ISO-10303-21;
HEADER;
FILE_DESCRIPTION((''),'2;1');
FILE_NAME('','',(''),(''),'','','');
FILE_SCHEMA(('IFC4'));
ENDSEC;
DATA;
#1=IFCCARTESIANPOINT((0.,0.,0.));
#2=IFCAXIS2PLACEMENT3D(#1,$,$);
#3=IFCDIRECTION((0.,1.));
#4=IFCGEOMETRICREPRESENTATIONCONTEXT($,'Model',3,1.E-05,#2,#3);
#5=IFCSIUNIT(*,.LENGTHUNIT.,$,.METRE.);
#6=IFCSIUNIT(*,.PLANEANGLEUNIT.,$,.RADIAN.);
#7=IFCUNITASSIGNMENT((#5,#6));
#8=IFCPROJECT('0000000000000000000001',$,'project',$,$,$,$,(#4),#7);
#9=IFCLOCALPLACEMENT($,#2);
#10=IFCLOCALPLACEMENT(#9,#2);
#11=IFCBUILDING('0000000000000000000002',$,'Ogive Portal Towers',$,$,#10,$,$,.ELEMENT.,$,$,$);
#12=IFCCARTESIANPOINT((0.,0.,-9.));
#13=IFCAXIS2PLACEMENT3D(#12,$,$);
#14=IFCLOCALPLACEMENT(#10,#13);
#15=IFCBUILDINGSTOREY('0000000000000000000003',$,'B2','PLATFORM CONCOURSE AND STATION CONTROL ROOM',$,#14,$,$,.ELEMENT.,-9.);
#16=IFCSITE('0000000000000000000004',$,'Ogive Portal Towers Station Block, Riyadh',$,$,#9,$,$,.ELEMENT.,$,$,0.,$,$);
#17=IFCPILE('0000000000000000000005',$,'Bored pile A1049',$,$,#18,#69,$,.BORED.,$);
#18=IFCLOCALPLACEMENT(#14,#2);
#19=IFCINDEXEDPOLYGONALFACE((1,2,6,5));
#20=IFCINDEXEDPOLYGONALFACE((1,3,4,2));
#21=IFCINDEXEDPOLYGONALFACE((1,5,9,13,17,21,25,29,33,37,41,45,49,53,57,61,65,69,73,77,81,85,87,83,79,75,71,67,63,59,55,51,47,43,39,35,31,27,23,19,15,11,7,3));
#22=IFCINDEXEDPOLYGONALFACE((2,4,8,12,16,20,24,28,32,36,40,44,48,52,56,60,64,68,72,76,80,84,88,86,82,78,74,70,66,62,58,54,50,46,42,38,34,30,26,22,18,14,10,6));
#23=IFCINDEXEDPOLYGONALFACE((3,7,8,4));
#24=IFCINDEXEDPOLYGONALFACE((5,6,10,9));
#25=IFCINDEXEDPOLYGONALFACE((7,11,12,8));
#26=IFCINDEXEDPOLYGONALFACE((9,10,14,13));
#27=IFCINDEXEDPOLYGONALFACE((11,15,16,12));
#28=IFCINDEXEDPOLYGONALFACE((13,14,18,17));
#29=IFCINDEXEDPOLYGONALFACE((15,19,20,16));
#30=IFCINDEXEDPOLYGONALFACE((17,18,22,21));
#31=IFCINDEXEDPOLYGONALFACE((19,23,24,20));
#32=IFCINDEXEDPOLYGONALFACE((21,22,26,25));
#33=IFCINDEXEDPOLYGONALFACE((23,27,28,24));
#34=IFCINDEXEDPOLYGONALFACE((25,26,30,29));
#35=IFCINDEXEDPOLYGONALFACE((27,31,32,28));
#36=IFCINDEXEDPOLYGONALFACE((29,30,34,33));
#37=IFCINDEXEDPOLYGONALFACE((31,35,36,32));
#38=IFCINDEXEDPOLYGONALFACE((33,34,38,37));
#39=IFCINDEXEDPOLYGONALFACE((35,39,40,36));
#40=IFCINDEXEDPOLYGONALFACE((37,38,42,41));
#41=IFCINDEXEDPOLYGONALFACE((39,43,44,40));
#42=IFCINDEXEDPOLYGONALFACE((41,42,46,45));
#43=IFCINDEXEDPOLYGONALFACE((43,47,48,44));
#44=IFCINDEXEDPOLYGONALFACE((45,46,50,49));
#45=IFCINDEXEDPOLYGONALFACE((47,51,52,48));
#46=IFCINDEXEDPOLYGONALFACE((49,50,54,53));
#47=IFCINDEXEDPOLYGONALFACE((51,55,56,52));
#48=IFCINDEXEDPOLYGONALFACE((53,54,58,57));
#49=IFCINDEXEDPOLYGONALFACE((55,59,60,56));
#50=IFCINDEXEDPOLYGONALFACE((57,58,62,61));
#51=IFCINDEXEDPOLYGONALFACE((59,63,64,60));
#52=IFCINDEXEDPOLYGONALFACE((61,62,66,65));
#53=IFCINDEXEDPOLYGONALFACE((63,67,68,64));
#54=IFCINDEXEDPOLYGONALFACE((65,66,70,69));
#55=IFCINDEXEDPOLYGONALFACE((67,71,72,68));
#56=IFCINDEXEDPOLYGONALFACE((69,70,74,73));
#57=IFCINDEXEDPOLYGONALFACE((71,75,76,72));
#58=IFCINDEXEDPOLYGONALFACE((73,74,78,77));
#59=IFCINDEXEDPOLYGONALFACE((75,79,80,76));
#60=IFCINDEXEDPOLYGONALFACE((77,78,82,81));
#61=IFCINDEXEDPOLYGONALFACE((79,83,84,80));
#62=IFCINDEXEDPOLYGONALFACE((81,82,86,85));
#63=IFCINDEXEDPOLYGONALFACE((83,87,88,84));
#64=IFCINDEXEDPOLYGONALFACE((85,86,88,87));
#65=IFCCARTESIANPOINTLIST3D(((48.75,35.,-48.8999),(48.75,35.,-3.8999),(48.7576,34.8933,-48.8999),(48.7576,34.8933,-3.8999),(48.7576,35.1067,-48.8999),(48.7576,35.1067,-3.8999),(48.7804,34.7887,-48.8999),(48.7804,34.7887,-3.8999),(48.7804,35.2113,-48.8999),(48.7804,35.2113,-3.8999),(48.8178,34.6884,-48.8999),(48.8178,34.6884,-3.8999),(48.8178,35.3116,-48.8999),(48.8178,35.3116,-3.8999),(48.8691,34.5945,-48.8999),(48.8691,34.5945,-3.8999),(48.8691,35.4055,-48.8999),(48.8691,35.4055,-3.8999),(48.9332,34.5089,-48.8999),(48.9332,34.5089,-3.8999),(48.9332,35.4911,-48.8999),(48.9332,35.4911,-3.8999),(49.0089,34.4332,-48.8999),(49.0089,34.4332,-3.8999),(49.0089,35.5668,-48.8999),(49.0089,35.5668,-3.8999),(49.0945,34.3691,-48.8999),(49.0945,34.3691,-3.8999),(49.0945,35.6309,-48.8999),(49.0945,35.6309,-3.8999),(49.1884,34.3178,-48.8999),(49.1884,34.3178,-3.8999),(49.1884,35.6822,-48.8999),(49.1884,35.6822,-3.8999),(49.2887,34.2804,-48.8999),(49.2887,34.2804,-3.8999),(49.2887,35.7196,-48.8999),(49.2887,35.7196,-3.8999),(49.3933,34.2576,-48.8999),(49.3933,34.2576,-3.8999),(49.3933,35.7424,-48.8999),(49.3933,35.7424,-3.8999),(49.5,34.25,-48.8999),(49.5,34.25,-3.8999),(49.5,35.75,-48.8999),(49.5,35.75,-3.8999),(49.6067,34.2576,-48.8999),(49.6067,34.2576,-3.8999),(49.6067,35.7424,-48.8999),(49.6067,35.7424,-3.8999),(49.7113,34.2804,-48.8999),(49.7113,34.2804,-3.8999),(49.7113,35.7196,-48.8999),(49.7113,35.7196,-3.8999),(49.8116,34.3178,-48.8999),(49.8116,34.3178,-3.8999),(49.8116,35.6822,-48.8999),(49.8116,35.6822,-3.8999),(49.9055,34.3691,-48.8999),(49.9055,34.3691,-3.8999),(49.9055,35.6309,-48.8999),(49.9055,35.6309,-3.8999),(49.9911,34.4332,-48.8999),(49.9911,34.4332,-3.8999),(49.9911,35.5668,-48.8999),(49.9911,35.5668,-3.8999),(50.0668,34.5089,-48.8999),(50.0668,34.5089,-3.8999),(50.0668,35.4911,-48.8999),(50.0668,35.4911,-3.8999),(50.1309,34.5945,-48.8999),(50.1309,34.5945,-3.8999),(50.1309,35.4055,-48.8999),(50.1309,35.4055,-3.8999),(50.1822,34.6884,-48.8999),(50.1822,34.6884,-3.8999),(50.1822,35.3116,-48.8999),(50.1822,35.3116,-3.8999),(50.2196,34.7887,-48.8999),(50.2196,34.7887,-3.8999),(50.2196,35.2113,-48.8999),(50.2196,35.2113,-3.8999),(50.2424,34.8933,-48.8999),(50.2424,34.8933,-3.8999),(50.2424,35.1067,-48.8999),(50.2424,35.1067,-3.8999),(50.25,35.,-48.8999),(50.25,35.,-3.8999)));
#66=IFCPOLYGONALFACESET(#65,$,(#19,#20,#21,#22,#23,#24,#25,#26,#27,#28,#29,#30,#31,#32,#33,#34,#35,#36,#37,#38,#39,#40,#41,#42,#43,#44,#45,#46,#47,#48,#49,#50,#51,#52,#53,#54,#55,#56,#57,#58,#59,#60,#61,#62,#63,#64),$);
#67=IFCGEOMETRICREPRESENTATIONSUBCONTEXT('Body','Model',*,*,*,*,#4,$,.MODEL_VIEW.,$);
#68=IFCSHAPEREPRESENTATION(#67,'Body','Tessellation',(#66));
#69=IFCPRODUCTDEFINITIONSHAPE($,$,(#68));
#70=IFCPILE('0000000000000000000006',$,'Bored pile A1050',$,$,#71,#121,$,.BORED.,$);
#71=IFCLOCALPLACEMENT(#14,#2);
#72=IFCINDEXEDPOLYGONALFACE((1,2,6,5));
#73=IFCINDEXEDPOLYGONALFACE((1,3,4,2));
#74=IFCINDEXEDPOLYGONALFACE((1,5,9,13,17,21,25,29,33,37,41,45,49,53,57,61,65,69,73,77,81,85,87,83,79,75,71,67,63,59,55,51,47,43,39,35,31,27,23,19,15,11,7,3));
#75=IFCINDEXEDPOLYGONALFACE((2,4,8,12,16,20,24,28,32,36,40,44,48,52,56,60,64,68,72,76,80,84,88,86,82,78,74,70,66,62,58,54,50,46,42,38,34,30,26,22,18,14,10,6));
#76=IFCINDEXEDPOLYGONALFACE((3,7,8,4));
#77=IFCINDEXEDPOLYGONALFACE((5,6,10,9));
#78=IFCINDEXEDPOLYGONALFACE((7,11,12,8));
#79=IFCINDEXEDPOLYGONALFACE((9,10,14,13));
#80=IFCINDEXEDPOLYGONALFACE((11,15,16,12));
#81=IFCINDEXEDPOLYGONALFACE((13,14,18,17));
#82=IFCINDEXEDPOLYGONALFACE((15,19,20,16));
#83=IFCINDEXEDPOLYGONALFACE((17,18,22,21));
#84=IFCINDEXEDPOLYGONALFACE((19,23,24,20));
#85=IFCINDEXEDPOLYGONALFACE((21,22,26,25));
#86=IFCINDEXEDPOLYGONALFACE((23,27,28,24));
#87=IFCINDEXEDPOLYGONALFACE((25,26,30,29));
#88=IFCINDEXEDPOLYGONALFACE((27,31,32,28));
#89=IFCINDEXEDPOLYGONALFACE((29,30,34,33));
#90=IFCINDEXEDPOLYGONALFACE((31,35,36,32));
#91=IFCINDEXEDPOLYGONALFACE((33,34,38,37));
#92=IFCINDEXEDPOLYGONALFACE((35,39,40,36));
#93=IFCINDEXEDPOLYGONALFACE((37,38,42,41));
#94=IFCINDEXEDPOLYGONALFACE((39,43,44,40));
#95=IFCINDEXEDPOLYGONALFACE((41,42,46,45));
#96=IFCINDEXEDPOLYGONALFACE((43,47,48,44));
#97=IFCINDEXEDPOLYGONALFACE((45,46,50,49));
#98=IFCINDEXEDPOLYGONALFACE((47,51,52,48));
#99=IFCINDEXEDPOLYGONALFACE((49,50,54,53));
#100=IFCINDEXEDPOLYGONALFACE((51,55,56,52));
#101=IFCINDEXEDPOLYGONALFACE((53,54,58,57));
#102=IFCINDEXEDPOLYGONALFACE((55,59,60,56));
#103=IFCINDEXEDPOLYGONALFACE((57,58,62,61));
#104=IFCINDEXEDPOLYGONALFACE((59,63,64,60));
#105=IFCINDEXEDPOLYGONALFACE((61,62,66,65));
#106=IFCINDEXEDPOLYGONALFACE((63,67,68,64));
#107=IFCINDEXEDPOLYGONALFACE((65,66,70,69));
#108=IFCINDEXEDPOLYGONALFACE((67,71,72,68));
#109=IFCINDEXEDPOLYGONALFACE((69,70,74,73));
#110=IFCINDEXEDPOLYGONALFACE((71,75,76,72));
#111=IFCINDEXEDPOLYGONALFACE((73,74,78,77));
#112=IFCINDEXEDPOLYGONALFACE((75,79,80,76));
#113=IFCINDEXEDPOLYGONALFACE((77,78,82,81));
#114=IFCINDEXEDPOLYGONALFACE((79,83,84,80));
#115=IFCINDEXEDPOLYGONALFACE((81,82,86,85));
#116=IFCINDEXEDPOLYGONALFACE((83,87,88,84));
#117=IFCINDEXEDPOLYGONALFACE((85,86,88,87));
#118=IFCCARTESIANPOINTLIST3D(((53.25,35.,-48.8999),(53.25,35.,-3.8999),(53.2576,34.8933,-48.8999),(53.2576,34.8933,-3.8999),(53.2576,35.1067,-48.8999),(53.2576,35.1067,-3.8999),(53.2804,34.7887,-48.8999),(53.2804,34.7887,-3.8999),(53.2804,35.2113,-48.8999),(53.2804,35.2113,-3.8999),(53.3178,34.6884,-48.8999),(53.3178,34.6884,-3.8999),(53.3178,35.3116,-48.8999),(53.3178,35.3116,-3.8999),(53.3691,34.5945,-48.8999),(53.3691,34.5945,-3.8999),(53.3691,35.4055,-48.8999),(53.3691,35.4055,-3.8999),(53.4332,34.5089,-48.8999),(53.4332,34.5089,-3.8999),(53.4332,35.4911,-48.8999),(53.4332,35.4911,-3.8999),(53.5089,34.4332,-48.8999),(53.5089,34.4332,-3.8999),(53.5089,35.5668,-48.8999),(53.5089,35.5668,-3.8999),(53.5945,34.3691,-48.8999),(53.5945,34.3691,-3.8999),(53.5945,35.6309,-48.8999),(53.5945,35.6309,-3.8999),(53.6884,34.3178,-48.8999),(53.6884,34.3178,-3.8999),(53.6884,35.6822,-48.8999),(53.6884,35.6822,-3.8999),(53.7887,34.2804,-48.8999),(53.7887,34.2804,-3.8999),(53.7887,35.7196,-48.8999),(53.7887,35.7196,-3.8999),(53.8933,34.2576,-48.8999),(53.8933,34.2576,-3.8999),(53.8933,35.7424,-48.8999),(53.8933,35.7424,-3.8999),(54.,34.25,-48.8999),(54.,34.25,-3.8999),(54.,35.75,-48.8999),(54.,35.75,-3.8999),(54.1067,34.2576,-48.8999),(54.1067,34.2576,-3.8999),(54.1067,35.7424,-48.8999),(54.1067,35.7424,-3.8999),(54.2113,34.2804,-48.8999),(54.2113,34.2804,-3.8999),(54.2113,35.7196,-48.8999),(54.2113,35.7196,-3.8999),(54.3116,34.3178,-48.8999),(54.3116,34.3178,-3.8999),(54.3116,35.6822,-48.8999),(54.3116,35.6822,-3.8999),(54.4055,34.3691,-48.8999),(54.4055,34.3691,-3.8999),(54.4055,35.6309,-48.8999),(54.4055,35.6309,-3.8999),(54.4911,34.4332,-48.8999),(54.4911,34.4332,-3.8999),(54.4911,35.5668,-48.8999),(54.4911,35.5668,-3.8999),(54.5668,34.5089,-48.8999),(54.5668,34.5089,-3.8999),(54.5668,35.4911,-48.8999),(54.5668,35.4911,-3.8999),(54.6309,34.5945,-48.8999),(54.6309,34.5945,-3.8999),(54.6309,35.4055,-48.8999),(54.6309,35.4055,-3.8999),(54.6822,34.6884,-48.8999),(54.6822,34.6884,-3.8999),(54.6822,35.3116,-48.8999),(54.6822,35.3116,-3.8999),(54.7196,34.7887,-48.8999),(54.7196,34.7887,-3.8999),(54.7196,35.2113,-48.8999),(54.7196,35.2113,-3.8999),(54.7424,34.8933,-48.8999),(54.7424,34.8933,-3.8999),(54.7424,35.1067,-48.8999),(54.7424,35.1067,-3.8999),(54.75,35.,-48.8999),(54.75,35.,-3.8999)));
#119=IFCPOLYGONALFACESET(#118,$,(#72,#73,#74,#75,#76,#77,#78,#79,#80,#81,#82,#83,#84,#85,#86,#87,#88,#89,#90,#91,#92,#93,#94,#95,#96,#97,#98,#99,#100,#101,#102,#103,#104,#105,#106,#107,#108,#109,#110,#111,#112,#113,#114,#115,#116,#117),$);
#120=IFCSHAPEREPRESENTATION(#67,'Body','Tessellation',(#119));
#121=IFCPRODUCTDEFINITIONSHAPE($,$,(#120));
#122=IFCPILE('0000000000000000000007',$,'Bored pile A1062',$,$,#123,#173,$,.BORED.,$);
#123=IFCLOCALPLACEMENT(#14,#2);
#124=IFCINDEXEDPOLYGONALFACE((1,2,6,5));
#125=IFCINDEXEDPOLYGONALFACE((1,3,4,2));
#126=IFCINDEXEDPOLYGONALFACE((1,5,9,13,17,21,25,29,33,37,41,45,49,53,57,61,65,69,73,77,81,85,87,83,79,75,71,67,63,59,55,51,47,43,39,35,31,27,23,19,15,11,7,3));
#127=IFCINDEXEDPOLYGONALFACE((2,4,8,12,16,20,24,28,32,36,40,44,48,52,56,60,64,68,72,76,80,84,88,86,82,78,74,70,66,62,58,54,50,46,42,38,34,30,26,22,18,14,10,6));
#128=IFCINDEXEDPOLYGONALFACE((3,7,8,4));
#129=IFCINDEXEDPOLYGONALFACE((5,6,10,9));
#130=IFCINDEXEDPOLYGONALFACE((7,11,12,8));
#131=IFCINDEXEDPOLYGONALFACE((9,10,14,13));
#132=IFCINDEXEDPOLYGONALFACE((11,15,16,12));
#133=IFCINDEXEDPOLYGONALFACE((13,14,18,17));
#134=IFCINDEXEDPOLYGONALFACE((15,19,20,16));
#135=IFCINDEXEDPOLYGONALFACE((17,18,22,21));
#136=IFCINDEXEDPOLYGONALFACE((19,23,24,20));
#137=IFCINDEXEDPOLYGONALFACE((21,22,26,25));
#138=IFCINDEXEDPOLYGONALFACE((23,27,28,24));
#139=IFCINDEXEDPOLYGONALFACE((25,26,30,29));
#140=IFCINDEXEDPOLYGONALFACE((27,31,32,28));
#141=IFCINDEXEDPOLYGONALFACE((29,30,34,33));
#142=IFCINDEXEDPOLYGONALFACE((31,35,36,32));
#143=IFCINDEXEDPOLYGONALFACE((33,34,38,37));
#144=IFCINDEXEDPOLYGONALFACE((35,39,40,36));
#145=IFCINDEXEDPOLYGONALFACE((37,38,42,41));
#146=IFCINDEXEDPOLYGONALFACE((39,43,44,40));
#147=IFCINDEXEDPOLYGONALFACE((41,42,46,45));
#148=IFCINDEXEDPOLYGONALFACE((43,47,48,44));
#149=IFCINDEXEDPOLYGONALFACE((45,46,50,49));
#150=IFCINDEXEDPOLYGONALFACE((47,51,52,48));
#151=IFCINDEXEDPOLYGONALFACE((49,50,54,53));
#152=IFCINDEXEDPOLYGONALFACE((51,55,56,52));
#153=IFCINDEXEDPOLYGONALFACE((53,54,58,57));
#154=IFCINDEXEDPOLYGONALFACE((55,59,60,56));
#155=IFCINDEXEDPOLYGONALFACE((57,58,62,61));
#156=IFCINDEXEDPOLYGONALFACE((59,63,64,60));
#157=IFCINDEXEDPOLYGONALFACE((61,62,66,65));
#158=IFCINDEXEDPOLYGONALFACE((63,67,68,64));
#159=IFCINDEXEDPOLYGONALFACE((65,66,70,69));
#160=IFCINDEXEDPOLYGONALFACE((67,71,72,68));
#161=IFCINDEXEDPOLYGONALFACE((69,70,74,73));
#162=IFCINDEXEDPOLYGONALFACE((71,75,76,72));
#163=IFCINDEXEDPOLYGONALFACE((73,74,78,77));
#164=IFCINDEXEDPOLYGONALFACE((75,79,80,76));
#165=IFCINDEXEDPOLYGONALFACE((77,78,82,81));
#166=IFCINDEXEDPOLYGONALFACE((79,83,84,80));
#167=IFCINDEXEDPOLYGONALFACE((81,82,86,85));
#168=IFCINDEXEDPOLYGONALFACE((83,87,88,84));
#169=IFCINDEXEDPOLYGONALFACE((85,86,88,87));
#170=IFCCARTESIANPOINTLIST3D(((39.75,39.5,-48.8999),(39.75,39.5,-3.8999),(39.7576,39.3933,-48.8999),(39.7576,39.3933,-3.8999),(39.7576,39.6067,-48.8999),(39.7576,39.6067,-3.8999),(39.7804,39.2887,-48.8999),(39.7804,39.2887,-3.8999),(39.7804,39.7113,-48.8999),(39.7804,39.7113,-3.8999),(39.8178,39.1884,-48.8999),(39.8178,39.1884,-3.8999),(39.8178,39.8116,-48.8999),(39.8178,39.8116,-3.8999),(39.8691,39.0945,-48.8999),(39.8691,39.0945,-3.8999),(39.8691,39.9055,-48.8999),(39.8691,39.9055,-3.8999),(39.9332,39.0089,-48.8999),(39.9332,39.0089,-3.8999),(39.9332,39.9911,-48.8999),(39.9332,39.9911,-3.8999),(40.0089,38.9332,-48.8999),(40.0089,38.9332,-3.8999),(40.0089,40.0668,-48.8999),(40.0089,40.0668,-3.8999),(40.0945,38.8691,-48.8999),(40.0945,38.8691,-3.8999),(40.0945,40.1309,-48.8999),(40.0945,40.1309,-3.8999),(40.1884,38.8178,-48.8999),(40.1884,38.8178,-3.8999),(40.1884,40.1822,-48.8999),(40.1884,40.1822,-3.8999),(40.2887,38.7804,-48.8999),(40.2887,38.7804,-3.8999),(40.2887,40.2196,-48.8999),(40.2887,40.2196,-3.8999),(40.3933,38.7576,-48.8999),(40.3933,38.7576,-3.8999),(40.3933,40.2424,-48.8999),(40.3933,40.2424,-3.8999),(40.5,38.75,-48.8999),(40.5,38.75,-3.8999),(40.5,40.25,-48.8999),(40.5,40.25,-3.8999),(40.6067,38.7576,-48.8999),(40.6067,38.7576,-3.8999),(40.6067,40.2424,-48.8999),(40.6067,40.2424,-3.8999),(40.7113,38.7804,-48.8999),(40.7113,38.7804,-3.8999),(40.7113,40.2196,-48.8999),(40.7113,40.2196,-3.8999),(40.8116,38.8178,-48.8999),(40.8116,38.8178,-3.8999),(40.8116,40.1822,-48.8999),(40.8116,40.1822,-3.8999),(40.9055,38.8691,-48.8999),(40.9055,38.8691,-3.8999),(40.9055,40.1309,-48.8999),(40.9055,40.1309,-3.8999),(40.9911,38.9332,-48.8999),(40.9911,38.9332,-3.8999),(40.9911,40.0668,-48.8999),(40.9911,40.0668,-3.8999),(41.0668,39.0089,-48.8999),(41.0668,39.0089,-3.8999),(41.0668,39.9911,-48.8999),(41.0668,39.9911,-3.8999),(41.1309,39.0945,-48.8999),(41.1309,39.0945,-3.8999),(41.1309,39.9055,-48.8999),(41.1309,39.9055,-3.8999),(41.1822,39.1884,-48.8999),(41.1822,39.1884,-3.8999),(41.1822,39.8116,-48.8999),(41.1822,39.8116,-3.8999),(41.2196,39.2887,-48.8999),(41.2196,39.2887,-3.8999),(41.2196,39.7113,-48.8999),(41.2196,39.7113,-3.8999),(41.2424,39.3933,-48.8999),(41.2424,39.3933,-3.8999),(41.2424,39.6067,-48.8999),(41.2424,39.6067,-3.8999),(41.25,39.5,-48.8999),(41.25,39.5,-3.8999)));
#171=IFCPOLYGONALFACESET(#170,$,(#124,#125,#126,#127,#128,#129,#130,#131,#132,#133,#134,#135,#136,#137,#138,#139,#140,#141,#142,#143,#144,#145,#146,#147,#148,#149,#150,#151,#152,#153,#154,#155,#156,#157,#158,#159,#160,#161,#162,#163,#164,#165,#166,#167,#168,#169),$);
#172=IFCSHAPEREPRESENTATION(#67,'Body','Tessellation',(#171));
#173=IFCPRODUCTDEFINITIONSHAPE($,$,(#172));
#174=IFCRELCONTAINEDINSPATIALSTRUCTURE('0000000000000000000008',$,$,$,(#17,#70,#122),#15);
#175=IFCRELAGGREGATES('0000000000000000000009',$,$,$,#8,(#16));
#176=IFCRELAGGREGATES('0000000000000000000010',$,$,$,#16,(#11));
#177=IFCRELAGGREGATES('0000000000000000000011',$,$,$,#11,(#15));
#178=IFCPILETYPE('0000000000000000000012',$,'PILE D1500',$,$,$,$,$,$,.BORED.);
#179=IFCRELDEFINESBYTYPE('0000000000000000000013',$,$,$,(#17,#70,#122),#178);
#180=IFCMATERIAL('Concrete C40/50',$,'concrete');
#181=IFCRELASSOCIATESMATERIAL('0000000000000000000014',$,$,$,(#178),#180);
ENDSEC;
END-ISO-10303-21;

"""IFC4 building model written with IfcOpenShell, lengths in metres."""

from ifc_helpers import new_model, si_unit, direction, frame, origin, origin_2d, place, context, subcontext, project, spatial, circle, extrude, material, material_profile, profile_set, type_object, element, save


model = new_model("IFC4")

# Units and contexts
model_context = context("Model", 3, precision=1e-05, world=origin(), true_north=direction((0.0, 1.0)))
body_context = subcontext(model_context, "Body", "Model", "MODEL_VIEW")
ifc_project = project(units=[si_unit("LENGTHUNIT", "METRE"), si_unit("PLANEANGLEUNIT", "RADIAN")], contexts=[model_context])

# Site, building, storey
site_placement = place(None, origin())
site = spatial("IfcSite", under=ifc_project, at=site_placement, Name="Ogive Portal Towers Station Block, Riyadh", CompositionType="ELEMENT", RefElevation=0.0)
building_placement = place(site_placement, origin())
building = spatial("IfcBuilding", under=site, at=building_placement, Name="Ogive Portal Towers", CompositionType="ELEMENT")
storey_placement = place(building_placement, frame((0.0, 0.0, -9.0)))
storey = spatial("IfcBuildingStorey", under=building, at=storey_placement, Name="B2", Description="PLATFORM CONCOURSE AND STATION CONTROL ROOM", CompositionType="ELEMENT", Elevation=-9.0)

# Piles
ifc_material_1 = material(Name="Concrete C40/50", Category="concrete")
ifc_material_profile_1 = material_profile(ifc_material_1, circle(Radius=0.75, at=origin_2d()), Name="PILE D1500")
ifc_profile_set_1 = profile_set([ifc_material_profile_1], Name="Concrete C40/50")
pile_type = type_object("IfcPileType", Name="PILE D1500", PredefinedType="BORED", material=ifc_profile_set_1)
for number, where, z_axis, x_axis, name in (
    (1, (49.5, 35.0, -3.8999), (0.0, 0.0, -1.0), (1.0, 0.0, 0.0), "Bored pile A1049"),
    (2, (54.0, 35.0, -3.8999), (0.0, 0.0, -1.0), (1.0, 0.0, 0.0), "Bored pile A1050"),
    (3, (40.5, 39.5, -3.8999), (0.0, 0.0, -1.0), (1.0, 0.0, 0.0), "Bored pile A1062"),
):
    element("IfcPile", number, at=place(storey_placement, frame(where, z_axis=z_axis, x_axis=x_axis)), inside=storey, type_object=pile_type, Name=name, PredefinedType="BORED", context=body_context, shape_type="SweptSolid", body=[
        extrude(circle(Radius=0.75, at=origin_2d()), origin(), (0.0, 0.0, 1.0), 45.0),
    ])

save(model, "model.ifc")
